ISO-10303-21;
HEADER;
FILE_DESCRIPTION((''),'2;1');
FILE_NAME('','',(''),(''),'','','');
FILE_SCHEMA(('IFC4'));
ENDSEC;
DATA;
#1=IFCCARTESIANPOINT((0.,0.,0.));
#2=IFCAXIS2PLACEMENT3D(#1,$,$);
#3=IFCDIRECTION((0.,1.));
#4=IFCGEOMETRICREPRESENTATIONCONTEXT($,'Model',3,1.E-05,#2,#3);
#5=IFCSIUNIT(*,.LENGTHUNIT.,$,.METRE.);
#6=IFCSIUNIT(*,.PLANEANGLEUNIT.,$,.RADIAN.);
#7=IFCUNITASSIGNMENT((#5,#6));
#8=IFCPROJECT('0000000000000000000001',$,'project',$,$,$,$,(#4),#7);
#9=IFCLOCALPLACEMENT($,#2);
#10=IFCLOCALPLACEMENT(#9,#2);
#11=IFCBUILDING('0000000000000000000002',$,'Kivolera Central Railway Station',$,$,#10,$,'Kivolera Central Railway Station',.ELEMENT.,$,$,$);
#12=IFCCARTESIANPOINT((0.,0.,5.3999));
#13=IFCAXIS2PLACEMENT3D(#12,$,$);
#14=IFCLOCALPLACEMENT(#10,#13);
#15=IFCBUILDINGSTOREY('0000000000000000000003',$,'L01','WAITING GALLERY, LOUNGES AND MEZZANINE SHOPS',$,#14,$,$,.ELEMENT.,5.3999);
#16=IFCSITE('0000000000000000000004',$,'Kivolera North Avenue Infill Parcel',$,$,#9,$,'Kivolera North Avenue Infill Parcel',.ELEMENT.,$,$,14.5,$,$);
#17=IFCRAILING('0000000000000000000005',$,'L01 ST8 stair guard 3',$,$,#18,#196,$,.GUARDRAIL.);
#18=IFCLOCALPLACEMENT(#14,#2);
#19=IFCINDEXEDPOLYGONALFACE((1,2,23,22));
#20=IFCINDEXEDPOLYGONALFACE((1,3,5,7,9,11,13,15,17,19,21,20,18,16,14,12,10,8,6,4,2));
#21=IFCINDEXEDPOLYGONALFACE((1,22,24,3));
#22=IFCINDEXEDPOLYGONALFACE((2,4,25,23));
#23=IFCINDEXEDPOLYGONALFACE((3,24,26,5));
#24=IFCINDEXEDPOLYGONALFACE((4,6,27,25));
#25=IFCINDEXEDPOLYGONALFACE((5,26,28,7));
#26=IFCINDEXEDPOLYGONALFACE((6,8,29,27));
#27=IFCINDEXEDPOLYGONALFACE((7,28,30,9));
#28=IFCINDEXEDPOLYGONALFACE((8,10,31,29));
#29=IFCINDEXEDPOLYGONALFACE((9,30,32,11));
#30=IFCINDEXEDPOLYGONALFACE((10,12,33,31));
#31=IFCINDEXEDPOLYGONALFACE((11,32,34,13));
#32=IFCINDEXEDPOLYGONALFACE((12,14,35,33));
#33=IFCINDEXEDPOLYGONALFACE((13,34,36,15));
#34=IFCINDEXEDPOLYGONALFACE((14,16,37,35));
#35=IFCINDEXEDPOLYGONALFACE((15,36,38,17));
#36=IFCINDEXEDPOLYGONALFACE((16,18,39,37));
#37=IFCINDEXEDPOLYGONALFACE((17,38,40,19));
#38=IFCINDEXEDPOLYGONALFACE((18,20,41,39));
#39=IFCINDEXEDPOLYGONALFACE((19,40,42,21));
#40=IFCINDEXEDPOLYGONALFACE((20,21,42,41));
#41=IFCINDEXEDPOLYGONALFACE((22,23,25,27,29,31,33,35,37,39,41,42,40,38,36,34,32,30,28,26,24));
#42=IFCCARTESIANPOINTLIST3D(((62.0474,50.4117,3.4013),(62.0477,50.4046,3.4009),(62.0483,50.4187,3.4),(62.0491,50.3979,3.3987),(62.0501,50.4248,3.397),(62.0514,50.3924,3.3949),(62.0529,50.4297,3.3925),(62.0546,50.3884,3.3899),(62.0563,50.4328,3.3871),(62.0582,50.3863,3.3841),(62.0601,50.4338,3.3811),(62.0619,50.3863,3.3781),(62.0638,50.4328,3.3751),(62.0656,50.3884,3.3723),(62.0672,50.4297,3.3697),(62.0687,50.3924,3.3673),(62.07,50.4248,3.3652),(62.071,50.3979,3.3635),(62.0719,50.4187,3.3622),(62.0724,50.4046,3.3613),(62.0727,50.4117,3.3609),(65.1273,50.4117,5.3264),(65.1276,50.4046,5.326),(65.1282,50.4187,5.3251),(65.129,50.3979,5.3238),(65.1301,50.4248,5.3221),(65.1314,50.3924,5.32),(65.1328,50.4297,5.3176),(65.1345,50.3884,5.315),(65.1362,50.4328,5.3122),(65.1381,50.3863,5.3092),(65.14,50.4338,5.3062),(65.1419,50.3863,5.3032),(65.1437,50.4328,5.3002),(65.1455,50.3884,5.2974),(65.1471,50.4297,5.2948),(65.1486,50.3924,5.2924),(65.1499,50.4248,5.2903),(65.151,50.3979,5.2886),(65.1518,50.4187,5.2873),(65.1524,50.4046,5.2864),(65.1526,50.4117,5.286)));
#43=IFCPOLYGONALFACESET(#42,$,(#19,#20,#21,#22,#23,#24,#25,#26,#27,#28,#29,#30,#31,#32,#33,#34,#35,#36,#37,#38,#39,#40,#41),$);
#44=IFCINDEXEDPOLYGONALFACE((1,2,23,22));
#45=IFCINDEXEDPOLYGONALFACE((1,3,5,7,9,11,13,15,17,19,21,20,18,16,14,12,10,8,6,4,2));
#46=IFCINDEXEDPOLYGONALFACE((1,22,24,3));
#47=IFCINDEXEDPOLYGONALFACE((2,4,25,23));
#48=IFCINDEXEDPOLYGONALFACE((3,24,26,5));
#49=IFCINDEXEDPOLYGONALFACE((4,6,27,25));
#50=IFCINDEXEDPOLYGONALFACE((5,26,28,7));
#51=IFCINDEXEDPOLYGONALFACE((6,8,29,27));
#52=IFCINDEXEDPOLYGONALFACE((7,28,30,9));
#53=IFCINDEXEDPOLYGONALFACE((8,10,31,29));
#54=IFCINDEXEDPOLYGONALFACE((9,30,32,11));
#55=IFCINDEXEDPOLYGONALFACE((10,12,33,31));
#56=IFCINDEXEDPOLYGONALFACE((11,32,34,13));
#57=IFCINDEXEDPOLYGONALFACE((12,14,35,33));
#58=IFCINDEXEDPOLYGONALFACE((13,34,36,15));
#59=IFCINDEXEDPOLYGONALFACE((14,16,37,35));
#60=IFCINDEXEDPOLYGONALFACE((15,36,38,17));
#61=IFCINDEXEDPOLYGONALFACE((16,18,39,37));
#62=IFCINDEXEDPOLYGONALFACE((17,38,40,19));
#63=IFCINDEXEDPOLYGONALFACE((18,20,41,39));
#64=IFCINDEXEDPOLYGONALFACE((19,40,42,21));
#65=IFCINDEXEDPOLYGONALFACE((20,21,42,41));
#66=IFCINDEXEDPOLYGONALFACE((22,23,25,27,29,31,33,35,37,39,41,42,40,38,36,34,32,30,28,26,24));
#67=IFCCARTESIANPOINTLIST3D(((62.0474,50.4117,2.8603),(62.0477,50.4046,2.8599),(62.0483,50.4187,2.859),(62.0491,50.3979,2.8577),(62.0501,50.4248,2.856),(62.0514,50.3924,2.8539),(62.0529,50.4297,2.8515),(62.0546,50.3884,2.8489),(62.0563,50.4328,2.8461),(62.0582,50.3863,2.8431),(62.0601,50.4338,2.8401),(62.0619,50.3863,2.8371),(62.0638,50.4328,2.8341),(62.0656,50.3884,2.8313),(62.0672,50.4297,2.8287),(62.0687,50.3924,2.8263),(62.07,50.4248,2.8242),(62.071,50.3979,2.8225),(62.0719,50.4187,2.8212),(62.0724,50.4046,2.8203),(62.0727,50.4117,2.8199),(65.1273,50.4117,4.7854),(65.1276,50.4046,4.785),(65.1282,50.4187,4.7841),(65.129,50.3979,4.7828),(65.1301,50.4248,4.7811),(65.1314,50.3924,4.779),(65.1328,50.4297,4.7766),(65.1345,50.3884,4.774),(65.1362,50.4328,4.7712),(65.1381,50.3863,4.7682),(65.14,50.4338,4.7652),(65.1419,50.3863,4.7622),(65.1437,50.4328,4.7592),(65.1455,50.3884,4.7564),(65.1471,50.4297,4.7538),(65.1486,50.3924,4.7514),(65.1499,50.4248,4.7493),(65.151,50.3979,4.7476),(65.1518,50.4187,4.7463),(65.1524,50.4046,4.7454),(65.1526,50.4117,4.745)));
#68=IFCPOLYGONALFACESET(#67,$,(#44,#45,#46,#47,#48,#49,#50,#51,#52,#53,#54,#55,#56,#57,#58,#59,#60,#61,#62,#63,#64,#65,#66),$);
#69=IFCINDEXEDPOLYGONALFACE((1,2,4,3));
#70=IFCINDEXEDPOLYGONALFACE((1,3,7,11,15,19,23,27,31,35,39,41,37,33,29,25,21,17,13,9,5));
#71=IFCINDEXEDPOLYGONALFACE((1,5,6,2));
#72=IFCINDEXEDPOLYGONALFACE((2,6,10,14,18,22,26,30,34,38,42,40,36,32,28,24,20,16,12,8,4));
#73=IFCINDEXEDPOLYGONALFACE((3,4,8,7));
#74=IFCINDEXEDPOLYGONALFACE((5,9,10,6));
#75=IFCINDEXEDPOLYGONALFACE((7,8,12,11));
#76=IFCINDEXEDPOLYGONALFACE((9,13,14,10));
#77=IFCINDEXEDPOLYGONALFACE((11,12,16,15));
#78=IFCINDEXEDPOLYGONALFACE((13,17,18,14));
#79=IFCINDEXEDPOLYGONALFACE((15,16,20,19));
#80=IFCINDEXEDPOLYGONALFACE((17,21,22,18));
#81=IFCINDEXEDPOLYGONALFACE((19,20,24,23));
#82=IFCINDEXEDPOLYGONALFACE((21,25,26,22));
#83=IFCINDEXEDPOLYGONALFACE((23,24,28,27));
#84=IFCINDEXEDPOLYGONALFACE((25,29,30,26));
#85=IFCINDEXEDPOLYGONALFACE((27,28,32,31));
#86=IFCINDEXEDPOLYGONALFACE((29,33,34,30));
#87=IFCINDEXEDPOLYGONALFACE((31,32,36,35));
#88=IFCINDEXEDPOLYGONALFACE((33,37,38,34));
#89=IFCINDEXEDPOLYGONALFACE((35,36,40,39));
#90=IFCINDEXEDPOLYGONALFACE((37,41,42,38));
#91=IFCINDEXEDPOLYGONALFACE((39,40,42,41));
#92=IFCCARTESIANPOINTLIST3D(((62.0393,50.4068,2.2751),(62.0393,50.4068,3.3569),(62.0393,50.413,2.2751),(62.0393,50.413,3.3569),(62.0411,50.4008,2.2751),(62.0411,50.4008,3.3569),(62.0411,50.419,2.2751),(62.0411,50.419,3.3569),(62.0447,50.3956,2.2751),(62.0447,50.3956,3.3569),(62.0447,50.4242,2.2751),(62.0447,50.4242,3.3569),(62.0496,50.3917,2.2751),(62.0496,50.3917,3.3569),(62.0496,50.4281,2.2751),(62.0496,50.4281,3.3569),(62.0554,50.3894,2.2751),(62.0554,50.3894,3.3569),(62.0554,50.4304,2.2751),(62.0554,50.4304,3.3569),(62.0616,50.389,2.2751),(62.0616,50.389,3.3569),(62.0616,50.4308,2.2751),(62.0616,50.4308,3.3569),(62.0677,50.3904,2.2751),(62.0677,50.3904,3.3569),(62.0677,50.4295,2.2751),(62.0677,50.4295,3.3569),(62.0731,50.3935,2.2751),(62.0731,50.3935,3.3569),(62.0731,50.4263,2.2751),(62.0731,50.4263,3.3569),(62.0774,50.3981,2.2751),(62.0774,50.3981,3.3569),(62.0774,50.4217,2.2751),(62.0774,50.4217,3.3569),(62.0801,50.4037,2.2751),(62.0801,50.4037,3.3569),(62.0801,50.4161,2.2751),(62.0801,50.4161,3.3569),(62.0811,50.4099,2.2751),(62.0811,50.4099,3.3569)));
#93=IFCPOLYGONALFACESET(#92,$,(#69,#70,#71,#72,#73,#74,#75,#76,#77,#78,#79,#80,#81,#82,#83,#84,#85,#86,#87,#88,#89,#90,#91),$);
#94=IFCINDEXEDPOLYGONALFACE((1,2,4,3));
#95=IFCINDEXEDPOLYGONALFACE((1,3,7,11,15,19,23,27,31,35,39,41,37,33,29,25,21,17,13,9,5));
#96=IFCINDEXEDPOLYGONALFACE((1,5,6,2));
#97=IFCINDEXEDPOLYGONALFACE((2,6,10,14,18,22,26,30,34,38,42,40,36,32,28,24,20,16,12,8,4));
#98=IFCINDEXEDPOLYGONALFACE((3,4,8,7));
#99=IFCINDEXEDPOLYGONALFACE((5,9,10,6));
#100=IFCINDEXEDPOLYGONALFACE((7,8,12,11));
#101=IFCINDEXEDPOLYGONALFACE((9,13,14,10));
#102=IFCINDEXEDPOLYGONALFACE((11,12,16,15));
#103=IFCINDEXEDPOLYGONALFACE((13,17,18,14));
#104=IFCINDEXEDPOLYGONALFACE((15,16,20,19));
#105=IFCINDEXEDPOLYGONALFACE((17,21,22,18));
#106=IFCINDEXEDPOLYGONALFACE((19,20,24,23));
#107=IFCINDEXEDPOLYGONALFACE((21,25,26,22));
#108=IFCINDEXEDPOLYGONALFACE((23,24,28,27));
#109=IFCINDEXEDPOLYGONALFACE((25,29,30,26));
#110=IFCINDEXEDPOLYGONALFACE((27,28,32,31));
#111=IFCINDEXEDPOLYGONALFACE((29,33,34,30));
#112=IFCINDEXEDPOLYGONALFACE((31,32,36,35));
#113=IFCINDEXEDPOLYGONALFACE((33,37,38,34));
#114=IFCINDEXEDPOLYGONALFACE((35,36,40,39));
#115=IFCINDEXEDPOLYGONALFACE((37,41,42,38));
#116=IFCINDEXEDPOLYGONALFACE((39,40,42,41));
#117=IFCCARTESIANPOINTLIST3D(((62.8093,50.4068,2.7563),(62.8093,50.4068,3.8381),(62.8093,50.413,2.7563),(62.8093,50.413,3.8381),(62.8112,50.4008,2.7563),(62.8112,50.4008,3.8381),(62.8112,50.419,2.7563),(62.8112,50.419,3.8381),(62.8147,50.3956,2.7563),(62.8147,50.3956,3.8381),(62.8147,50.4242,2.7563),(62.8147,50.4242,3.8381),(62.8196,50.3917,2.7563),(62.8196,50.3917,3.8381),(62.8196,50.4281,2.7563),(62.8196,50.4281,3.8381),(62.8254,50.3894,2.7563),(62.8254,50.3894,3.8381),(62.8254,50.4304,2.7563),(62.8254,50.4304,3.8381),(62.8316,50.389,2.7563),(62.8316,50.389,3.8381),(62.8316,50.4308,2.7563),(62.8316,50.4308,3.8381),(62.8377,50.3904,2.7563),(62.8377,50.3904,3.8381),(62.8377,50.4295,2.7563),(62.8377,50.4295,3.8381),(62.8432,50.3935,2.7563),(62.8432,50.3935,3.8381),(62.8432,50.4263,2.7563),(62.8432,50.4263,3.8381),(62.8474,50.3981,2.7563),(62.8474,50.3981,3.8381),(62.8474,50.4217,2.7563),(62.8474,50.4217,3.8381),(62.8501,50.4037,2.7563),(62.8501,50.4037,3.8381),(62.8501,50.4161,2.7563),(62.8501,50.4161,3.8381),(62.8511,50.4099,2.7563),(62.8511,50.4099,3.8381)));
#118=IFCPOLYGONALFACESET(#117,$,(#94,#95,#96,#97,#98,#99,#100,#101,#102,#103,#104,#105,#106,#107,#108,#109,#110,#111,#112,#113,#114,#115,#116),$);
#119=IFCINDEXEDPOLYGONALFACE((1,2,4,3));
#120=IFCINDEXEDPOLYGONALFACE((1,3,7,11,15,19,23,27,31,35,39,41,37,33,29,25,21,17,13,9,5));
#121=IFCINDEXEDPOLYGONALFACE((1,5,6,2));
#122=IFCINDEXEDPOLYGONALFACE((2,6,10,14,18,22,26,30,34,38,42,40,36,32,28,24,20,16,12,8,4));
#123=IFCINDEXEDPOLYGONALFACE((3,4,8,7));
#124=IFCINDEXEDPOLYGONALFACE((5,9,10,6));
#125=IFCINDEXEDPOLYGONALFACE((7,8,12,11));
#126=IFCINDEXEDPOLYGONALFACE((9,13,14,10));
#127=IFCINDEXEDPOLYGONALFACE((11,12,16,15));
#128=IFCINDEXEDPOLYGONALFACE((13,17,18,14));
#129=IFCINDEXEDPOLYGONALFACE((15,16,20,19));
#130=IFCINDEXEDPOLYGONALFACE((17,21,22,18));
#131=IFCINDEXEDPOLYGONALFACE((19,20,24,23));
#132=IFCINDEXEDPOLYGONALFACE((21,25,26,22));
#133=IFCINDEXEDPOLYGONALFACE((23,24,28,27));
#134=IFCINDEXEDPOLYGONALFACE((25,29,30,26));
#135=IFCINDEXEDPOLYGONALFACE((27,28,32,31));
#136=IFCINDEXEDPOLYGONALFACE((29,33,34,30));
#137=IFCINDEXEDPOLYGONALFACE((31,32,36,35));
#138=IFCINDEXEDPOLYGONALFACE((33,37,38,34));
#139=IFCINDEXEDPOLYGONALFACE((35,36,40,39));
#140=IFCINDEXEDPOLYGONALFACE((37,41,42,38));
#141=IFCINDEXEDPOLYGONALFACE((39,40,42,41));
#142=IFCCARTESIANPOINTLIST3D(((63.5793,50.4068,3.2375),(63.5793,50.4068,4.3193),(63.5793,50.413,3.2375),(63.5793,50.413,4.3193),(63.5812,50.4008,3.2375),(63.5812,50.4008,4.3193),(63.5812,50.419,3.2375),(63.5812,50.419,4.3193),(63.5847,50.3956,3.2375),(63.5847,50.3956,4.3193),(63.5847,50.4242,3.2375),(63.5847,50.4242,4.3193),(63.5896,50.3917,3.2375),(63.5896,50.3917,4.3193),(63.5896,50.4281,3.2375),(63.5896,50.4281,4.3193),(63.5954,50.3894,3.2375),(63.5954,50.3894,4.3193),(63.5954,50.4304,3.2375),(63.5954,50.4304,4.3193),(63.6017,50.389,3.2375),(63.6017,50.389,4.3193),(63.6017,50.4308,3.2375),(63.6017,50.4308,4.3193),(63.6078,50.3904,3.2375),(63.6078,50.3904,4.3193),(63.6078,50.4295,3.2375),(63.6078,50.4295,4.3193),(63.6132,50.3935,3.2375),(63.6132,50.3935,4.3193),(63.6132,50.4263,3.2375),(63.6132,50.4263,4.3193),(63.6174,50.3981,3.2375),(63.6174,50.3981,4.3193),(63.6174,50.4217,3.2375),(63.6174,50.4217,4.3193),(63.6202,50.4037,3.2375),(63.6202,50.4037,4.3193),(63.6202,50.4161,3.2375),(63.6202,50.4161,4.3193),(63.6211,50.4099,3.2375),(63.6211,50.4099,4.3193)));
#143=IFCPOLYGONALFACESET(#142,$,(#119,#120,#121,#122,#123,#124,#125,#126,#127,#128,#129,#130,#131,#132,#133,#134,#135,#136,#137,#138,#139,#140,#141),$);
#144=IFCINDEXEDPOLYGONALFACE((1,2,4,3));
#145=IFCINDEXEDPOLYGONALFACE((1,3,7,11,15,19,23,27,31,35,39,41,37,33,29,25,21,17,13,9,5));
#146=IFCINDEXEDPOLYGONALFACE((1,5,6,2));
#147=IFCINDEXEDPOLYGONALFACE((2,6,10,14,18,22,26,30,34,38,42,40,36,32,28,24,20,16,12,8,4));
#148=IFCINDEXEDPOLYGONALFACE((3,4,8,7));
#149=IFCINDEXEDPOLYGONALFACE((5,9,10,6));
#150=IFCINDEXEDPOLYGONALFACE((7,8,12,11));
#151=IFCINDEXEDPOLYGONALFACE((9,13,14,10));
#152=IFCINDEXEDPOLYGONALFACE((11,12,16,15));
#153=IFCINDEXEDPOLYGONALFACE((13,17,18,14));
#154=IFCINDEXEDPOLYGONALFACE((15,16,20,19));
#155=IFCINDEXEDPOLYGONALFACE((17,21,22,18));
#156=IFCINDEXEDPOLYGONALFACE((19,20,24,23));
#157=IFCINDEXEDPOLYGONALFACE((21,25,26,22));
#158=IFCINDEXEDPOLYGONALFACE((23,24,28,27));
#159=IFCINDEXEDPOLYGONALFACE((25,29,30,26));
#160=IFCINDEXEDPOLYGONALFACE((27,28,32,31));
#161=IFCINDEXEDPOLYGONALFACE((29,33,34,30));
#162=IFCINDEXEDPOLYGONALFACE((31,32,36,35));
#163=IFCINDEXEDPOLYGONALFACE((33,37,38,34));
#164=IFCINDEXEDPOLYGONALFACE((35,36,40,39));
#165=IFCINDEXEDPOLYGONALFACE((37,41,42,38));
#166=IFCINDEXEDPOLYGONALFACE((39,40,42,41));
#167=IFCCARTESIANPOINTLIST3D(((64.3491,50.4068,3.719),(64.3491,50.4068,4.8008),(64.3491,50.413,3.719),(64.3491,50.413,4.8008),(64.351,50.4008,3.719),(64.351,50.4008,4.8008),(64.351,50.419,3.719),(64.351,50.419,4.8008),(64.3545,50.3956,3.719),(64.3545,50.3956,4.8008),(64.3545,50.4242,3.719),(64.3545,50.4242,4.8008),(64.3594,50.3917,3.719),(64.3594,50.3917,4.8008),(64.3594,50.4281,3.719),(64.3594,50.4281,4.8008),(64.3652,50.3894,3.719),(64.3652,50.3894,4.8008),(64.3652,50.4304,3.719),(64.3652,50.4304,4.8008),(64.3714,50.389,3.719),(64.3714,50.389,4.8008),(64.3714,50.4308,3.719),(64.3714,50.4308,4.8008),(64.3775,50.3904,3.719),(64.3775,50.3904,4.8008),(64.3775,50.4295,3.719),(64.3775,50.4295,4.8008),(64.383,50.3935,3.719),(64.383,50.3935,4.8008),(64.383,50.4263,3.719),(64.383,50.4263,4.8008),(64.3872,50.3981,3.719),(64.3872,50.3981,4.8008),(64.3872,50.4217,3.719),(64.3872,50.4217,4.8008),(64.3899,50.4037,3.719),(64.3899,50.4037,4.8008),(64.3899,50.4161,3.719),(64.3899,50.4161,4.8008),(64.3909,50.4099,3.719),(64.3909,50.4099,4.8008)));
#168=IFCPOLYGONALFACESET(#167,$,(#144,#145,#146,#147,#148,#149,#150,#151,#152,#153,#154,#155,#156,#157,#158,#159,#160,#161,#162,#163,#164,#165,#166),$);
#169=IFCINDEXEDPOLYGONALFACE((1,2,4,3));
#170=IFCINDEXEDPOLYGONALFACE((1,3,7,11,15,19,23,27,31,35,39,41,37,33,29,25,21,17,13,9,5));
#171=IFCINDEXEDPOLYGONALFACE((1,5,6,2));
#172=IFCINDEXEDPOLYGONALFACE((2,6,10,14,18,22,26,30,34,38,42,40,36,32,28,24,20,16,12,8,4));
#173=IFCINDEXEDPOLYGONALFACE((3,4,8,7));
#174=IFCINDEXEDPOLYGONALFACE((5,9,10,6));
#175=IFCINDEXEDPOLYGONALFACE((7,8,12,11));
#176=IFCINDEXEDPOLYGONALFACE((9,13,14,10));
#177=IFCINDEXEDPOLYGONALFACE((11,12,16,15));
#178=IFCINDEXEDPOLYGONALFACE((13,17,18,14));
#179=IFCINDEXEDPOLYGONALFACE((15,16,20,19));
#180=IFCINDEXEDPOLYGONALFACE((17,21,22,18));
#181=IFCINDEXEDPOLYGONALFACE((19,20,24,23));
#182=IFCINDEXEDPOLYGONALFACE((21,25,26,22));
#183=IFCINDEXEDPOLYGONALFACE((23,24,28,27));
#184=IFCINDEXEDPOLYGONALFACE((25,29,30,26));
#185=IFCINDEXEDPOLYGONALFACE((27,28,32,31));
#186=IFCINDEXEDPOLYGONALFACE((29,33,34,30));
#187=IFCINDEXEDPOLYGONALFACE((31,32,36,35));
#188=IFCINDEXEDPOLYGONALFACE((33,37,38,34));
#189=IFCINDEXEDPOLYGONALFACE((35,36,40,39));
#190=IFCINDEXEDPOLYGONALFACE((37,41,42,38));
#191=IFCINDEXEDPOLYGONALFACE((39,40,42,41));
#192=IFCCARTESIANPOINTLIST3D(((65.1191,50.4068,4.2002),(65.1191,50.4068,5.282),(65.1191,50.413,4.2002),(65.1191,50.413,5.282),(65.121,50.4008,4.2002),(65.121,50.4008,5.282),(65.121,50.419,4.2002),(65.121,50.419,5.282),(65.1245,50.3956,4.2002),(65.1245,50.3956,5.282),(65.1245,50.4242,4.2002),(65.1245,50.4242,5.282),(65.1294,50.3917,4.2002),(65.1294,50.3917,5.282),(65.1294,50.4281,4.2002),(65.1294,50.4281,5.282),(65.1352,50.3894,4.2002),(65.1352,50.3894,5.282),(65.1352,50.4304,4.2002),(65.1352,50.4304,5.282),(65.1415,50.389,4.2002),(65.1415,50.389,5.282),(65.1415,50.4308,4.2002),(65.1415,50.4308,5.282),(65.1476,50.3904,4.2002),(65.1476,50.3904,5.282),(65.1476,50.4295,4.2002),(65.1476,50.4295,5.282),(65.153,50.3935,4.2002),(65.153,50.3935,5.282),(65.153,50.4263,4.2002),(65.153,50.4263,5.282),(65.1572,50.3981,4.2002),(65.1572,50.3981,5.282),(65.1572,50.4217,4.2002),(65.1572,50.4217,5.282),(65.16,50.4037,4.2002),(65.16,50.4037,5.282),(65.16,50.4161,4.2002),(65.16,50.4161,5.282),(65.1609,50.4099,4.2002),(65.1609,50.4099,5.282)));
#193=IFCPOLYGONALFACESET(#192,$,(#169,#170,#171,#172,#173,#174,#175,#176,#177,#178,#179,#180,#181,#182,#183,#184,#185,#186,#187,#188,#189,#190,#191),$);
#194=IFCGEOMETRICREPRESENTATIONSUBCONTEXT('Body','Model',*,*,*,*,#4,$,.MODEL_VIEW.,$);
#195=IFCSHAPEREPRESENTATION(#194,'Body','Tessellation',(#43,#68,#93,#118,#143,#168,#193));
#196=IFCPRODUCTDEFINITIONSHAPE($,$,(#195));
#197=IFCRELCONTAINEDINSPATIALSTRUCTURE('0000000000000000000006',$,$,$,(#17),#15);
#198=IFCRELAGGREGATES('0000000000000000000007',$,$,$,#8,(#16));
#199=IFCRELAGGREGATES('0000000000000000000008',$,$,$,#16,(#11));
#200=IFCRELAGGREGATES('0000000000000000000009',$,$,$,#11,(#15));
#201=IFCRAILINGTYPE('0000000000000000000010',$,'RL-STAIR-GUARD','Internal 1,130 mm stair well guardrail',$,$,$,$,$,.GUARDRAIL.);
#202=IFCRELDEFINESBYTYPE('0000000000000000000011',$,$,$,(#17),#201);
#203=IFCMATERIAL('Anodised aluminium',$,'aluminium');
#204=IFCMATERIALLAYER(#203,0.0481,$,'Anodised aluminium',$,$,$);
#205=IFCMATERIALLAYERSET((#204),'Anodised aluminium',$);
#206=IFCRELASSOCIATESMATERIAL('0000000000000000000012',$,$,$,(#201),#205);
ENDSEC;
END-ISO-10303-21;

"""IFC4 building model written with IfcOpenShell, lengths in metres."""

from ifc_helpers import new_model, si_unit, direction, frame, origin, origin_2d, place, context, subcontext, project, spatial, circle, extrude, material, layer, layer_set, type_object, element, save


model = new_model("IFC4")

# Units and contexts
model_context = context("Model", 3, precision=1e-05, world=origin(), true_north=direction((0.0, 1.0)))
body_context = subcontext(model_context, "Body", "Model", "MODEL_VIEW")
ifc_project = project(units=[si_unit("LENGTHUNIT", "METRE"), si_unit("PLANEANGLEUNIT", "RADIAN")], contexts=[model_context])

# Site, building, storey
site_placement = place(None, origin())
site = spatial("IfcSite", under=ifc_project, at=site_placement, Name="Kivolera North Avenue Infill Parcel", LongName="Kivolera North Avenue Infill Parcel", CompositionType="ELEMENT", RefElevation=14.5)
building_placement = place(site_placement, origin())
building = spatial("IfcBuilding", under=site, at=building_placement, Name="Kivolera Central Railway Station", LongName="Kivolera Central Railway Station", CompositionType="ELEMENT")
storey_placement = place(building_placement, frame((0.0, 0.0, 5.3999)))
storey = spatial("IfcBuildingStorey", under=building, at=storey_placement, Name="L01", Description="WAITING GALLERY, LOUNGES AND MEZZANINE SHOPS", CompositionType="ELEMENT", Elevation=5.3999)

# Shared definitions
ifc_material_1 = material(Name="Anodised aluminium", Category="aluminium")

# Railing
ifc_layer_1 = layer(ifc_material_1, 0.0481, Name="Anodised aluminium")
ifc_layer_set_1 = layer_set([ifc_layer_1], Name="Anodised aluminium")
railing_type = type_object("IfcRailingType", Name="RL-STAIR-GUARD", Description="Internal 1,130 mm stair well guardrail", PredefinedType="GUARDRAIL", material=ifc_layer_set_1)
railing_1_placement = place(storey_placement, frame((62.0601, 50.4099, 2.2751)))
element("IfcRailing", 1, at=railing_1_placement, inside=storey, type_object=railing_type, Name="L01 ST8 stair guard 3", PredefinedType="GUARDRAIL", context=body_context, shape_type="SweptSolid", body=[
    extrude(circle(Radius=0.0239, at=origin_2d()), frame((0.0, 0.0, 1.106), z_axis=(0.847979, 0.0, 0.530029), x_axis=(0.0, 1.0, 0.0)), (0.0, 0.0, 1.0), 3.6321),
    extrude(circle(Radius=0.0239, at=origin_2d()), frame((0.0, 0.0, 0.5649), z_axis=(0.847979, 0.0, 0.530029), x_axis=(0.0, 1.0, 0.0)), (0.0, 0.0, 1.0), 3.6321),
    extrude(circle(Radius=0.021, at=origin_2d()), origin(), (0.0, 0.0, 1.0), 1.0818),
    extrude(circle(Radius=0.021, at=origin_2d()), frame((0.77, 0.0, 0.4812)), (0.0, 0.0, 1.0), 1.0818),
    extrude(circle(Radius=0.021, at=origin_2d()), frame((1.54, 0.0, 0.9624)), (0.0, 0.0, 1.0), 1.0818),
    extrude(circle(Radius=0.021, at=origin_2d()), frame((2.3098, 0.0, 1.4438)), (0.0, 0.0, 1.0), 1.0818),
    extrude(circle(Radius=0.021, at=origin_2d()), frame((3.0798, 0.0, 1.925)), (0.0, 0.0, 1.0), 1.0818),
])

save(model, "model.ifc")
